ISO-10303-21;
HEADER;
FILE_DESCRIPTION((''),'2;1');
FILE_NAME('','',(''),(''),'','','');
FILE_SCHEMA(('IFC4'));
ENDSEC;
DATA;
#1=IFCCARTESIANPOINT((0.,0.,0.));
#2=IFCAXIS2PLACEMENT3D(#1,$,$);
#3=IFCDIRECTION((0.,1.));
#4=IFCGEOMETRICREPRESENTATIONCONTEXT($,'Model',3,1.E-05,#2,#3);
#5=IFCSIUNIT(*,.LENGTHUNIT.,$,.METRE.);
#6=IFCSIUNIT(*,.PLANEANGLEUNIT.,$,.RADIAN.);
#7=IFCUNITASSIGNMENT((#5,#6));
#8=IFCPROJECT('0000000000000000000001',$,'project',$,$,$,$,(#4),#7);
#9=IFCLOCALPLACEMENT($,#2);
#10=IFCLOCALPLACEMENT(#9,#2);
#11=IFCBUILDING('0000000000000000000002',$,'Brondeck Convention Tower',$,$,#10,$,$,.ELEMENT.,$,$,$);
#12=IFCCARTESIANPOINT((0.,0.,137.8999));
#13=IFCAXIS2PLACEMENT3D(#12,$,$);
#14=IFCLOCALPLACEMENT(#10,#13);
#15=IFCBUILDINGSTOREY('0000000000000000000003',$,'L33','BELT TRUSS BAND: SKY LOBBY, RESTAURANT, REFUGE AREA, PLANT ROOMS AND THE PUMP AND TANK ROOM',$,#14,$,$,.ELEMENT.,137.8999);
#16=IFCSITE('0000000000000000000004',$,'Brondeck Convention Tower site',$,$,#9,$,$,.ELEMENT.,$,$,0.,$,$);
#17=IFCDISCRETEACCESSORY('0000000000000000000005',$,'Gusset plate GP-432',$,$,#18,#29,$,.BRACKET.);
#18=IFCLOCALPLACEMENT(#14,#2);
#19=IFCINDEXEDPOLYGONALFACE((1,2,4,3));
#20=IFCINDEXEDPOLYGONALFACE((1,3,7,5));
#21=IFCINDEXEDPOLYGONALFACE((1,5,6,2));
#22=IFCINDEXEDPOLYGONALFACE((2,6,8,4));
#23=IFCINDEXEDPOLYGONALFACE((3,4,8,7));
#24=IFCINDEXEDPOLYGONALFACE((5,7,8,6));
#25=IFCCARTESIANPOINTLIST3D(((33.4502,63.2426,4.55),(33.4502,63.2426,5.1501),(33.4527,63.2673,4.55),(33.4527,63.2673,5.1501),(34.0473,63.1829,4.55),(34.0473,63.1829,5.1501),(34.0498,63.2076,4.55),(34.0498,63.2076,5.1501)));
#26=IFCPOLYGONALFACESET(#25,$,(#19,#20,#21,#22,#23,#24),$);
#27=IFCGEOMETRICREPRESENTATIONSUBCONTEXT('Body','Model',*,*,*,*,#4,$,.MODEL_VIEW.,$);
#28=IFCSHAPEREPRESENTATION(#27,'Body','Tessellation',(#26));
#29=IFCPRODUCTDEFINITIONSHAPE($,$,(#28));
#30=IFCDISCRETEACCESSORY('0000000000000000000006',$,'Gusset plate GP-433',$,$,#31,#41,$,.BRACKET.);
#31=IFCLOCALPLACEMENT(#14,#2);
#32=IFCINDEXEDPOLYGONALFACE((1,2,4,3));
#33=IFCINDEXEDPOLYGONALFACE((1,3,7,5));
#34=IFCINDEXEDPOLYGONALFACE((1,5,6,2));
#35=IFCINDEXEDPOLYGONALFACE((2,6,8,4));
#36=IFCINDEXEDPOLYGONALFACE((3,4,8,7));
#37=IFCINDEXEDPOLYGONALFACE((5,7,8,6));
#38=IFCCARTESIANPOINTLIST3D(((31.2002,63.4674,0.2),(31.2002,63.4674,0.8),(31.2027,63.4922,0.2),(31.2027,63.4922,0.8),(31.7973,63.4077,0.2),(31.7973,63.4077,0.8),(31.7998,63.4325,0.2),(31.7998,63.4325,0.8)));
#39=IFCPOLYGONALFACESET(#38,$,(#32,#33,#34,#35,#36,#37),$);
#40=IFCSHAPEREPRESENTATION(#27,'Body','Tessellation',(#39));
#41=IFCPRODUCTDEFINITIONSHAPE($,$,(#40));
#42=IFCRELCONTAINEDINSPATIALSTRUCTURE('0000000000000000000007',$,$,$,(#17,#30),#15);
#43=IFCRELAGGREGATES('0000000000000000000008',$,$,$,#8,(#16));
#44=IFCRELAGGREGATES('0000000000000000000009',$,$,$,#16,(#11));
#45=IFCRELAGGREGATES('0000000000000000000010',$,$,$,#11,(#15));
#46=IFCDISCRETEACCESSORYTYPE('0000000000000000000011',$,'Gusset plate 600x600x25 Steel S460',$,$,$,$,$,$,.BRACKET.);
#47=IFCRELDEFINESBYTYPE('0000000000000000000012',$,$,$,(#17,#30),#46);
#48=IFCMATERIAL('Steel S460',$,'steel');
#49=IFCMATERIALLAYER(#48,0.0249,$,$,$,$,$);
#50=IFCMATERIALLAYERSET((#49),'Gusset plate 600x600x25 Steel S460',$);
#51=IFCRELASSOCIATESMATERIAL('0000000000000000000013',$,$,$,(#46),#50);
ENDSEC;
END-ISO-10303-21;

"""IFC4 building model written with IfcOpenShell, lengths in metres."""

from ifc_helpers import new_model, si_unit, direction, frame, origin, origin_2d, place, context, subcontext, project, spatial, rectangle, extrude, material, layer, layer_set, type_object, element, save


model = new_model("IFC4")

# Units and contexts
model_context = context("Model", 3, precision=1e-05, world=origin(), true_north=direction((0.0, 1.0)))
body_context = subcontext(model_context, "Body", "Model", "MODEL_VIEW")
ifc_project = project(units=[si_unit("LENGTHUNIT", "METRE"), si_unit("PLANEANGLEUNIT", "RADIAN")], contexts=[model_context])

# Site, building, storey
site_placement = place(None, origin())
site = spatial("IfcSite", under=ifc_project, at=site_placement, Name="Brondeck Convention Tower site", CompositionType="ELEMENT", RefElevation=0.0)
building_placement = place(site_placement, origin())
building = spatial("IfcBuilding", under=site, at=building_placement, Name="Brondeck Convention Tower", CompositionType="ELEMENT")
storey_placement = place(building_placement, frame((0.0, 0.0, 137.8999)))
storey = spatial("IfcBuildingStorey", under=building, at=storey_placement, Name="L33", Description="BELT TRUSS BAND: SKY LOBBY, RESTAURANT, REFUGE AREA, PLANT ROOMS AND THE PUMP AND TANK ROOM", CompositionType="ELEMENT", Elevation=137.8999)

# Shared definitions
ifc_material_1 = material(Name="Steel S460", Category="steel")

# Discrete accessories
ifc_layer_1 = layer(ifc_material_1, 0.0249)
ifc_layer_set_1 = layer_set([ifc_layer_1], Name="Gusset plate 600x600x25 Steel S460")
discrete_accessory_type = type_object("IfcDiscreteAccessoryType", Name="Gusset plate 600x600x25 Steel S460", PredefinedType="BRACKET", material=ifc_layer_set_1)
for number, where, z_axis, x_axis, name in (
    (1, (33.75, 63.2251, 4.55), (0.0, 0.0, 1.0), (-0.995036, 0.099511, 0.0), "Gusset plate GP-432"),
    (2, (31.5, 63.45, 0.2), (0.0, 0.0, 1.0), (-0.995036, 0.099511, 0.0), "Gusset plate GP-433"),
):
    element("IfcDiscreteAccessory", number, at=place(storey_placement, frame(where, z_axis=z_axis, x_axis=x_axis)), inside=storey, type_object=discrete_accessory_type, Name=name, PredefinedType="BRACKET", context=body_context, shape_type="SweptSolid", body=[
        extrude(rectangle(XDim=0.6001, YDim=0.0249, at=origin_2d()), origin(), (0.0, 0.0, 1.0), 0.6001),
    ])

save(model, "model.ifc")
